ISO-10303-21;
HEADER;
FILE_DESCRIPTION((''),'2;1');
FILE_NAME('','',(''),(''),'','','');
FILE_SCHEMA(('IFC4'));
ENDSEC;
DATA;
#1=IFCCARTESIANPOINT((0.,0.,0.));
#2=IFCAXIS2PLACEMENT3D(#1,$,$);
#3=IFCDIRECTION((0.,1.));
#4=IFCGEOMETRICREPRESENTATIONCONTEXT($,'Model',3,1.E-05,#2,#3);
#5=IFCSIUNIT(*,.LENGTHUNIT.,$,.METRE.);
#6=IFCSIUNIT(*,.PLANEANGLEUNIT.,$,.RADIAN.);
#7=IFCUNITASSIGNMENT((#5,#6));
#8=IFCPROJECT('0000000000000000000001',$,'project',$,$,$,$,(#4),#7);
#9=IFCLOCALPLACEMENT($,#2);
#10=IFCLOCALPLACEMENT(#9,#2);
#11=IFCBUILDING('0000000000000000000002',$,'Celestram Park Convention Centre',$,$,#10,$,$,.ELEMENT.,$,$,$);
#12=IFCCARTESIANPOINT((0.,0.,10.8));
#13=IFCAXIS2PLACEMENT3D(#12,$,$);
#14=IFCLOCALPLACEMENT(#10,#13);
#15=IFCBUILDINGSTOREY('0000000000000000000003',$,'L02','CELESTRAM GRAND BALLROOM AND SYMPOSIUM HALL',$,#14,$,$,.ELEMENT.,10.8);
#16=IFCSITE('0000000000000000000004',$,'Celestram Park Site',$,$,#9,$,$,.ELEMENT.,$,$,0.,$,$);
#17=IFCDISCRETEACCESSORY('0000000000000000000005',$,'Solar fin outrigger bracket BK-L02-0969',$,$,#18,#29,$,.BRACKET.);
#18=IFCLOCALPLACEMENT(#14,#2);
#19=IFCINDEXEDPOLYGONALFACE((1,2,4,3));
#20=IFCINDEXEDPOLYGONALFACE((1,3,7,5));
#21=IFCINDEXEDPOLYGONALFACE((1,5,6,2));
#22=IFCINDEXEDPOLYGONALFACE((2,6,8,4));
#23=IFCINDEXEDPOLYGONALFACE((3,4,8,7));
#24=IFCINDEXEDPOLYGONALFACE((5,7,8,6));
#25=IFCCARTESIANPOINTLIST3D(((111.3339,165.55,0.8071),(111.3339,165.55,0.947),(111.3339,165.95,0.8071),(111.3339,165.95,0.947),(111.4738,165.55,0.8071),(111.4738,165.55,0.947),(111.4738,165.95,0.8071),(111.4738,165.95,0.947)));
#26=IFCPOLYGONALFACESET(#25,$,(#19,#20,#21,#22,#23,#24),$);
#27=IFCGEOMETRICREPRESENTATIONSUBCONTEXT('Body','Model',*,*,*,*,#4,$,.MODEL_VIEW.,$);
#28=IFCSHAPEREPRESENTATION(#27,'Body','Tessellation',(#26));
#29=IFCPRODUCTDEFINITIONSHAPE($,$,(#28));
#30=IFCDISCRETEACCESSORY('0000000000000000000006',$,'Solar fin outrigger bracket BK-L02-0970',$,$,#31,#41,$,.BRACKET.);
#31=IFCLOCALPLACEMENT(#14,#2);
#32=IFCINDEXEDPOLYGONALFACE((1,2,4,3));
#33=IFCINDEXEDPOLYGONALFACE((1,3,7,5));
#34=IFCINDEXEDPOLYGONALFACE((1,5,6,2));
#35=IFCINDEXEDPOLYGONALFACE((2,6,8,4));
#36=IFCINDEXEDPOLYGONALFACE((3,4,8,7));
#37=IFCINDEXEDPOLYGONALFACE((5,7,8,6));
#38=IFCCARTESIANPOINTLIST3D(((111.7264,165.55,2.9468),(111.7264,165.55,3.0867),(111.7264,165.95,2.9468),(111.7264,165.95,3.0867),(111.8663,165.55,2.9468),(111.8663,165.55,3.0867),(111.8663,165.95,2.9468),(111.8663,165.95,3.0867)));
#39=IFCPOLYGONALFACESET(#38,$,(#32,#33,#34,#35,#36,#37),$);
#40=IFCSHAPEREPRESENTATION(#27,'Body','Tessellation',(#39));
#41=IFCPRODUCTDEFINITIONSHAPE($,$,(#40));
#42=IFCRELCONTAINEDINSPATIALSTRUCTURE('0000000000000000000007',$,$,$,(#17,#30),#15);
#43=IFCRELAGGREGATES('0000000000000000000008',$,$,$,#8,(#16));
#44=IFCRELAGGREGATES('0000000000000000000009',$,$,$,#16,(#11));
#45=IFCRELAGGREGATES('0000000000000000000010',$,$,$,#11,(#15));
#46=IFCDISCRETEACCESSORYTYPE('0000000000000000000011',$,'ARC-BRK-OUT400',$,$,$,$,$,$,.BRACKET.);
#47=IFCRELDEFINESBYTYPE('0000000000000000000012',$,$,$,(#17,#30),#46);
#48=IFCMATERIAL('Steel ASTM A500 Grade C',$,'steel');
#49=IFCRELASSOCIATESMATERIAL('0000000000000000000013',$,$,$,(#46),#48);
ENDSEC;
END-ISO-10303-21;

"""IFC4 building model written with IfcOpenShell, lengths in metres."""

from ifc_helpers import new_model, si_unit, direction, frame, origin, origin_2d, place, context, subcontext, project, spatial, rectangle, extrude, material, type_object, element, save


model = new_model("IFC4")

# Units and contexts
model_context = context("Model", 3, precision=1e-05, world=origin(), true_north=direction((0.0, 1.0)))
body_context = subcontext(model_context, "Body", "Model", "MODEL_VIEW")
ifc_project = project(units=[si_unit("LENGTHUNIT", "METRE"), si_unit("PLANEANGLEUNIT", "RADIAN")], contexts=[model_context])

# Site, building, storey
site_placement = place(None, origin())
site = spatial("IfcSite", under=ifc_project, at=site_placement, Name="Celestram Park Site", CompositionType="ELEMENT", RefElevation=0.0)
building_placement = place(site_placement, origin())
building = spatial("IfcBuilding", under=site, at=building_placement, Name="Celestram Park Convention Centre", CompositionType="ELEMENT")
storey_placement = place(building_placement, frame((0.0, 0.0, 10.8)))
storey = spatial("IfcBuildingStorey", under=building, at=storey_placement, Name="L02", Description="CELESTRAM GRAND BALLROOM AND SYMPOSIUM HALL", CompositionType="ELEMENT", Elevation=10.8)

# Discrete accessories
ifc_material_1 = material(Name="Steel ASTM A500 Grade C", Category="steel")
discrete_accessory_type = type_object("IfcDiscreteAccessoryType", Name="ARC-BRK-OUT400", PredefinedType="BRACKET", material=ifc_material_1)
for number, where, z_axis, x_axis, name in (
    (1, (111.4038, 165.75, 0.8071), (0.0, 0.0, 1.0), (0.0, 1.0, 0.0), "Solar fin outrigger bracket BK-L02-0969"),
    (2, (111.7964, 165.75, 2.9468), (0.0, 0.0, 1.0), (0.0, 1.0, 0.0), "Solar fin outrigger bracket BK-L02-0970"),
):
    element("IfcDiscreteAccessory", number, at=place(storey_placement, frame(where, z_axis=z_axis, x_axis=x_axis)), inside=storey, type_object=discrete_accessory_type, Name=name, PredefinedType="BRACKET", context=body_context, shape_type="SweptSolid", body=[
        extrude(rectangle(XDim=0.3999, YDim=0.1399, at=origin_2d()), origin(), (0.0, 0.0, 1.0), 0.1399),
    ])

save(model, "model.ifc")
